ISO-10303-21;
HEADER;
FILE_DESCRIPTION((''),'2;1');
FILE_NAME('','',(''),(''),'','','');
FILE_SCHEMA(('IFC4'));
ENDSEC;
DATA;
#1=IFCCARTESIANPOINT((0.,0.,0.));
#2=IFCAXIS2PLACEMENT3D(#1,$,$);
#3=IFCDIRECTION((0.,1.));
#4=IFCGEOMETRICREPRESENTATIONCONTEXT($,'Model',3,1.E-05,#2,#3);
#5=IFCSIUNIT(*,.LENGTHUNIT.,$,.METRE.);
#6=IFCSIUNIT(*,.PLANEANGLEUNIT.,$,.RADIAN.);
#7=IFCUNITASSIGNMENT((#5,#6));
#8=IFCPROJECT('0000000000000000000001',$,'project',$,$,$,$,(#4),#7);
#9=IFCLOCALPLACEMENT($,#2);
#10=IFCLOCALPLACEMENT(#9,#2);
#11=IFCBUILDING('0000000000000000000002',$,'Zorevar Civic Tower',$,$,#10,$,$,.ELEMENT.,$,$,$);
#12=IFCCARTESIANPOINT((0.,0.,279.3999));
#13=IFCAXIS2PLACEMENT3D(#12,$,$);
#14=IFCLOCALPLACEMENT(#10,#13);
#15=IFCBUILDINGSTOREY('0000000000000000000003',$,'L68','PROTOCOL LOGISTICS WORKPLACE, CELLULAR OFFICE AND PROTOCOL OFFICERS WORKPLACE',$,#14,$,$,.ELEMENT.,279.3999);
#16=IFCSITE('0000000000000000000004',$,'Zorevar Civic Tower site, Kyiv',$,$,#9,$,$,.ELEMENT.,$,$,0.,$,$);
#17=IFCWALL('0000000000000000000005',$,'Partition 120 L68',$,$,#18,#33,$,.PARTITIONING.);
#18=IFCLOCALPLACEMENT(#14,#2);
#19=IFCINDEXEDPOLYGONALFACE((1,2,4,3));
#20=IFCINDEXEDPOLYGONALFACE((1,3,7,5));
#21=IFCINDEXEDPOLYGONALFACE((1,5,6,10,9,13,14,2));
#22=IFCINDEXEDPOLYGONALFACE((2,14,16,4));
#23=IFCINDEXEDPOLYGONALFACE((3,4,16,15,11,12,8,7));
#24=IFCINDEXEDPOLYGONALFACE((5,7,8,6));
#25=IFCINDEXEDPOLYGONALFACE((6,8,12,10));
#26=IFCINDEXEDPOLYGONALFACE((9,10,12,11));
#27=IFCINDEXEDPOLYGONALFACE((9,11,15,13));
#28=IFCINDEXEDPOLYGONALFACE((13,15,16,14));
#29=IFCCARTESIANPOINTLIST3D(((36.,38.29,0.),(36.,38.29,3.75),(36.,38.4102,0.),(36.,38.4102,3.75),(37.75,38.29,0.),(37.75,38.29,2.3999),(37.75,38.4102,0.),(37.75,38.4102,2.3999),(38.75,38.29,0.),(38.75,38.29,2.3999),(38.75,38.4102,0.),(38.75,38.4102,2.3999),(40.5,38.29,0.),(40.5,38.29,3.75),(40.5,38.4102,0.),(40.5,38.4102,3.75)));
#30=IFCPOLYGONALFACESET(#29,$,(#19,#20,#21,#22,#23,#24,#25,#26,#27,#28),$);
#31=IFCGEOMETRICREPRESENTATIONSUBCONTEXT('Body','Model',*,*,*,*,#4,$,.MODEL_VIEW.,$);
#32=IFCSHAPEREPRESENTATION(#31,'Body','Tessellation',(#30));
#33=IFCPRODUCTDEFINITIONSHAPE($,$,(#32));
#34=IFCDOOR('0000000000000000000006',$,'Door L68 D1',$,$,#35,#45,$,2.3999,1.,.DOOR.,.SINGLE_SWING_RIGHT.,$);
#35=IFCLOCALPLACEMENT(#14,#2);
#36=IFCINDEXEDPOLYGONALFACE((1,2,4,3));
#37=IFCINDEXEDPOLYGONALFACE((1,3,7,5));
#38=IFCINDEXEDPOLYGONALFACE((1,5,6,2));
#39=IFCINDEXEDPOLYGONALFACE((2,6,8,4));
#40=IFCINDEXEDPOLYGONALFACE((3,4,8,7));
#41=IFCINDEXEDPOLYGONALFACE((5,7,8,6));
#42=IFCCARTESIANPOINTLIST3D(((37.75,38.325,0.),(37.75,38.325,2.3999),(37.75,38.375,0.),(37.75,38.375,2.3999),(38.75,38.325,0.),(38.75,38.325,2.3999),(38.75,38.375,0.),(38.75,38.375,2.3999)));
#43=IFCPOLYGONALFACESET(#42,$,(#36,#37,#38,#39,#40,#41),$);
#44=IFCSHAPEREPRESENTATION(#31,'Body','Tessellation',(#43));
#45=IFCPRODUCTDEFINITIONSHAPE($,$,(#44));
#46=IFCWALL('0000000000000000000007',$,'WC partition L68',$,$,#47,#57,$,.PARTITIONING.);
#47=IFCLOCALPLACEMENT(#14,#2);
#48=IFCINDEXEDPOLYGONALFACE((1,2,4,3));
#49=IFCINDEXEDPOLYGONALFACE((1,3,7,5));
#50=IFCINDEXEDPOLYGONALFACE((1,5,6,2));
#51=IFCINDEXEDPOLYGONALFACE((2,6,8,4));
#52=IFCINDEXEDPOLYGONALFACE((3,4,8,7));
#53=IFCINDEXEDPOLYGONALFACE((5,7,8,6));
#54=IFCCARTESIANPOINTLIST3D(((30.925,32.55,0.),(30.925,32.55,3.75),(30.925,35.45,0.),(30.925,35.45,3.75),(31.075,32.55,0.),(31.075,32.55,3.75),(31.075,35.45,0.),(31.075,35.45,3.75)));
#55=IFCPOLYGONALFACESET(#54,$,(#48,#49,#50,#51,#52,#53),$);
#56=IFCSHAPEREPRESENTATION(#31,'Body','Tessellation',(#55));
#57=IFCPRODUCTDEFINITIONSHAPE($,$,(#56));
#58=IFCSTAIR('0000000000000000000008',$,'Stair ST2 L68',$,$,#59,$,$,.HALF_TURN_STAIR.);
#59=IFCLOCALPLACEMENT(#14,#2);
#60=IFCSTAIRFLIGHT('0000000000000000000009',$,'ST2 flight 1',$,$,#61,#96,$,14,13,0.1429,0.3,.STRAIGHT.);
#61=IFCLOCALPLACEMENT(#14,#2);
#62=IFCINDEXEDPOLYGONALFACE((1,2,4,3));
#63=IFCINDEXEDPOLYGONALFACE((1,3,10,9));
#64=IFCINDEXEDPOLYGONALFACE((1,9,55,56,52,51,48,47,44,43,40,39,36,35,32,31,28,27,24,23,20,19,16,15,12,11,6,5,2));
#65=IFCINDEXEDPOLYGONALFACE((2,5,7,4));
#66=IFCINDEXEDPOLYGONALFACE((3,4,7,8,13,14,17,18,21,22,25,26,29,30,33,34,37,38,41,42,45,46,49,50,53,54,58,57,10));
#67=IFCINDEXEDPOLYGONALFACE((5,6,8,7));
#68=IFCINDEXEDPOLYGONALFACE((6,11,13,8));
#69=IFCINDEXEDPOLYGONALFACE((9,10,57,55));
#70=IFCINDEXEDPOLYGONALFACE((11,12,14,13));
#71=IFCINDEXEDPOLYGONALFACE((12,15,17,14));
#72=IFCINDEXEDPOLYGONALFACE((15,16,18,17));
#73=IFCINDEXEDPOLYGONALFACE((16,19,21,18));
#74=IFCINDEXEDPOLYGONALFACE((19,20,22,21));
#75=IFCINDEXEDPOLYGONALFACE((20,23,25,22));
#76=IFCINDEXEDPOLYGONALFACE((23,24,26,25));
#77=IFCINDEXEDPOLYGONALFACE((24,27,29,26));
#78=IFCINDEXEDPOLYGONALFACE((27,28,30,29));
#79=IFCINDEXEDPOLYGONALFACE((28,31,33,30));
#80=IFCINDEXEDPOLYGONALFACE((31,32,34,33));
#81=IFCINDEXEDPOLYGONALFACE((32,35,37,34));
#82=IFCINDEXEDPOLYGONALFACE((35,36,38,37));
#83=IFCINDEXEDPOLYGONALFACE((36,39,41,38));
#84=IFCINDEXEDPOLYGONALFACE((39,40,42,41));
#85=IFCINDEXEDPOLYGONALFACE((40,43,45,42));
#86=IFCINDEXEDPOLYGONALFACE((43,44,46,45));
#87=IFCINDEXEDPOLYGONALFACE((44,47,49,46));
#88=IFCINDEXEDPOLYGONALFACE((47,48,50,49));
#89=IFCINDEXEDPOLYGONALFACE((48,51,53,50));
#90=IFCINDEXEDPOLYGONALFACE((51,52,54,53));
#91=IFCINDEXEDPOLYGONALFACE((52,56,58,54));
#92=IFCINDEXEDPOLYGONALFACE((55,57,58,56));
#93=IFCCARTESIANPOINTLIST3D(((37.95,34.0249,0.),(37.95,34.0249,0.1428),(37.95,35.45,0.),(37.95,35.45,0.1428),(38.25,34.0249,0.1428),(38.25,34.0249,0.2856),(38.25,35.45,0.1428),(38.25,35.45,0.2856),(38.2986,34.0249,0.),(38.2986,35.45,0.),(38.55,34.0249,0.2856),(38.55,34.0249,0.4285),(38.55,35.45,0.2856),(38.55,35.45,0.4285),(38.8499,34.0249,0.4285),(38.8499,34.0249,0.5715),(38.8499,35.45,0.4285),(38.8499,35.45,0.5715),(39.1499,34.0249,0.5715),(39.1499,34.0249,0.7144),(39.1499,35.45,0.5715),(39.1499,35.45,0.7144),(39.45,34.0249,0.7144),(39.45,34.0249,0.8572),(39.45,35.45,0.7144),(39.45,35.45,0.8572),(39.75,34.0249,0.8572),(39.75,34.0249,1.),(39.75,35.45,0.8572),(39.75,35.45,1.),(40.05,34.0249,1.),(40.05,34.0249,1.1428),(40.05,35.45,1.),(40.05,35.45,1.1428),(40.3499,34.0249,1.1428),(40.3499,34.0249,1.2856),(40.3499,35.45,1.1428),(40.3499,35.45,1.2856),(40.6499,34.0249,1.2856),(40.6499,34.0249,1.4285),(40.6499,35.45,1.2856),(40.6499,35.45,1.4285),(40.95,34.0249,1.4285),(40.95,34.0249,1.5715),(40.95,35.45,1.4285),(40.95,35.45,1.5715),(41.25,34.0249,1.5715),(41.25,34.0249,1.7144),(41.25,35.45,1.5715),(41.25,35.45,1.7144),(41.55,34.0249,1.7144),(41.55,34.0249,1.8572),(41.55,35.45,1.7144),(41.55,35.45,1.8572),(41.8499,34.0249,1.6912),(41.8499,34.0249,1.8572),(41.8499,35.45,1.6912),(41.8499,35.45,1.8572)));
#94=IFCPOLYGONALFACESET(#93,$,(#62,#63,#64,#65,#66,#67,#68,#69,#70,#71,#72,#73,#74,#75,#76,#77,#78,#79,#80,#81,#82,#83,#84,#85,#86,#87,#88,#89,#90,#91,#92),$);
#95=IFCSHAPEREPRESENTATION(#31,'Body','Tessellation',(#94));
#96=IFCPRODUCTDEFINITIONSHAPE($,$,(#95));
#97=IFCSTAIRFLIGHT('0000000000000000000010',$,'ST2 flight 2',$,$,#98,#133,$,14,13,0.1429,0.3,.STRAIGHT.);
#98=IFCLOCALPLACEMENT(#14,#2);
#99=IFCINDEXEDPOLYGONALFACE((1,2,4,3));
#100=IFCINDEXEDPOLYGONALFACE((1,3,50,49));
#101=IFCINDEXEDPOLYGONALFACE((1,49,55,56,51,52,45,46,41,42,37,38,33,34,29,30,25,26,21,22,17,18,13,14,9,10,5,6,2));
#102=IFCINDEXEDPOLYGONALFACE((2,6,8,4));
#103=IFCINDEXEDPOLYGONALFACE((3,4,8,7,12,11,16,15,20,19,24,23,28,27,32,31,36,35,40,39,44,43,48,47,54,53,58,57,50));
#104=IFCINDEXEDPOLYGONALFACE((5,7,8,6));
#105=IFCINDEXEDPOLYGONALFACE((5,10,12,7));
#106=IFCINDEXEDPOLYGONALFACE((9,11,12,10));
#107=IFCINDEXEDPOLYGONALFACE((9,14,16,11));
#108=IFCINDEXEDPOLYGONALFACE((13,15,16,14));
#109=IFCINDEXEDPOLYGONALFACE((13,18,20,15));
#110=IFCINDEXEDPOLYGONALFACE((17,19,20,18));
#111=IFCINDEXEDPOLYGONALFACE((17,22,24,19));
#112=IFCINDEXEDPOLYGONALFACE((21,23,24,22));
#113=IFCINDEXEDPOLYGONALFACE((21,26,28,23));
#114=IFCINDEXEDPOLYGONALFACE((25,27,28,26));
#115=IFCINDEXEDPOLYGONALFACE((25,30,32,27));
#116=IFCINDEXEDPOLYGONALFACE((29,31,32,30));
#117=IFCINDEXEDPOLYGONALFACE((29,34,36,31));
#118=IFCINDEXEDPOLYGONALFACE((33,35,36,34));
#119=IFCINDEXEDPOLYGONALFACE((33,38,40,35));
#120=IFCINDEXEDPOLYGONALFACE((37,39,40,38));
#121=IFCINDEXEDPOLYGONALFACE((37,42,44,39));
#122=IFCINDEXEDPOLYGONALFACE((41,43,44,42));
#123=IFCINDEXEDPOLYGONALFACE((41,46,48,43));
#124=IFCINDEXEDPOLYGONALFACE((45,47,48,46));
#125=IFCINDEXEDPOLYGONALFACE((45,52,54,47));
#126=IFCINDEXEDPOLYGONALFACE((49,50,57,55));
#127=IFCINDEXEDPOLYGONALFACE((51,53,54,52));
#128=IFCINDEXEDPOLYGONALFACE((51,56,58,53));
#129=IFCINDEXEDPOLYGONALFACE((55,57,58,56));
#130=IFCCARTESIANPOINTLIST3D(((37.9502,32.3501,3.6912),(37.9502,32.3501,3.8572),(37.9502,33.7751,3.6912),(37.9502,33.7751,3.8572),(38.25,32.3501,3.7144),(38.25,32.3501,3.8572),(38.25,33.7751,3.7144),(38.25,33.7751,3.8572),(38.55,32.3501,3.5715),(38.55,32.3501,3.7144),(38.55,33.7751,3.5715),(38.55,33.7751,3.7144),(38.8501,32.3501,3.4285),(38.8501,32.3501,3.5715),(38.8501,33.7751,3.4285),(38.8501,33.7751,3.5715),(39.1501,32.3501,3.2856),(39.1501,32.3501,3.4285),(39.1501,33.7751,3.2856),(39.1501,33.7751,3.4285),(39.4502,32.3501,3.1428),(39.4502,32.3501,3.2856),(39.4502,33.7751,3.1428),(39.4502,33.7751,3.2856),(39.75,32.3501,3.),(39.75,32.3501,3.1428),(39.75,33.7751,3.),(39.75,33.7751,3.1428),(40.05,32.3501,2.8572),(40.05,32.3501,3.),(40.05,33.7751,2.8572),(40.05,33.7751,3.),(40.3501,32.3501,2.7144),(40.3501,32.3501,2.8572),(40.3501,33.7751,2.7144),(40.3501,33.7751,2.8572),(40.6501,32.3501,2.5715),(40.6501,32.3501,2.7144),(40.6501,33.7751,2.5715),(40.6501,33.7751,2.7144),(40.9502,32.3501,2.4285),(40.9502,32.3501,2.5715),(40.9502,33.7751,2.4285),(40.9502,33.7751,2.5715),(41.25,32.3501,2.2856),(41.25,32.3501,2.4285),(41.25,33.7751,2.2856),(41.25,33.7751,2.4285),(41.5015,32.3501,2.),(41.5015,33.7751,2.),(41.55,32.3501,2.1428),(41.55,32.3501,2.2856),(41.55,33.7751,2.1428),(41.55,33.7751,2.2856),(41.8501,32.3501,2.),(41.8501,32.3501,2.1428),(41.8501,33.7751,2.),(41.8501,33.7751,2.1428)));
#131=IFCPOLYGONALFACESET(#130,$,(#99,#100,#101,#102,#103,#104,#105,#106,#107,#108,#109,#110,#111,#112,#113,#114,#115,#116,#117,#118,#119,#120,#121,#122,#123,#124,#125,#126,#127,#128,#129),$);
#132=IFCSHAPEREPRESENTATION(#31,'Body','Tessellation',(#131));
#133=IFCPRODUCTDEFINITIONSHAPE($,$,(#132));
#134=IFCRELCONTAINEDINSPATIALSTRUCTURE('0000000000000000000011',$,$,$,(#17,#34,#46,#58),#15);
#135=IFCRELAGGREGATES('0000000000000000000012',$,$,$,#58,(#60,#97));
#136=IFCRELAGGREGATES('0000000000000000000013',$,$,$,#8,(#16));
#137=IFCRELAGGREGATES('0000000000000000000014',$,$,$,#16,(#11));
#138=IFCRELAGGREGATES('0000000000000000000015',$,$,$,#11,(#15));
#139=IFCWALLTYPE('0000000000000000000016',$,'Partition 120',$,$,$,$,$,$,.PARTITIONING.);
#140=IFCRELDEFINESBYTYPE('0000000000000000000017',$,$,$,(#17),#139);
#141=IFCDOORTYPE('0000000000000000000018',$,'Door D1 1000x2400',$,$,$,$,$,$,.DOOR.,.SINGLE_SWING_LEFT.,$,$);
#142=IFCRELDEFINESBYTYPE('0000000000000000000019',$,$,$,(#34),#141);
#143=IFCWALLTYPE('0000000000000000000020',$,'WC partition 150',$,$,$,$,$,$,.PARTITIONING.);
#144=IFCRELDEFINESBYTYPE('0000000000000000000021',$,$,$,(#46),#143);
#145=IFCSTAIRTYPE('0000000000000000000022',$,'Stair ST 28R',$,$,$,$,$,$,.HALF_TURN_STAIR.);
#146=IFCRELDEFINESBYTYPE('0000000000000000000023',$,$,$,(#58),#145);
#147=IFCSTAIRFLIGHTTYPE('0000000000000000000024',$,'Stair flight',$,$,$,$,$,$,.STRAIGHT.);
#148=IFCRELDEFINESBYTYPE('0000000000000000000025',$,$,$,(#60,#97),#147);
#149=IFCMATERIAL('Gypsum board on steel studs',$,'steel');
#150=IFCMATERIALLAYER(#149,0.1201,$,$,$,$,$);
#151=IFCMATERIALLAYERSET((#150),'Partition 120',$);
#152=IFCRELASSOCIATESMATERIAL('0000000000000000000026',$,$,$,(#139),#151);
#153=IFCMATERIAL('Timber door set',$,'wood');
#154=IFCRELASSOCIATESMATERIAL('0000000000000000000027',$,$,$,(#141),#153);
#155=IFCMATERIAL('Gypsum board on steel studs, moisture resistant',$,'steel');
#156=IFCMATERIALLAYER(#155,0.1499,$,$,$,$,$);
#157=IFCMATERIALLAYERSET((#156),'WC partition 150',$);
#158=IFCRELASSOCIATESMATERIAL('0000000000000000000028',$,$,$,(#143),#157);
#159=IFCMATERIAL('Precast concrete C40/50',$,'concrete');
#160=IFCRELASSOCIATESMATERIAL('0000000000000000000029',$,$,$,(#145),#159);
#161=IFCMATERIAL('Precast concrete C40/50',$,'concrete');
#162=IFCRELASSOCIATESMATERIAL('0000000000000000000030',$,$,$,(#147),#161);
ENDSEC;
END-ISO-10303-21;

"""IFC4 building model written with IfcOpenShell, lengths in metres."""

from ifc_helpers import new_model, si_unit, direction, frame, frame_2d, origin, place, context, subcontext, project, spatial, polyline, rectangle, outline, extrude, material, layer, layer_set, type_object, element, fill, aggregate, save


model = new_model("IFC4")

# Units and contexts
model_context = context("Model", 3, precision=1e-05, world=origin(), true_north=direction((0.0, 1.0)))
body_context = subcontext(model_context, "Body", "Model", "MODEL_VIEW")
ifc_project = project(units=[si_unit("LENGTHUNIT", "METRE"), si_unit("PLANEANGLEUNIT", "RADIAN")], contexts=[model_context])

# Site, building, storey
site_placement = place(None, origin())
site = spatial("IfcSite", under=ifc_project, at=site_placement, Name="Zorevar Civic Tower site, Kyiv", CompositionType="ELEMENT", RefElevation=0.0)
building_placement = place(site_placement, origin())
building = spatial("IfcBuilding", under=site, at=building_placement, Name="Zorevar Civic Tower", CompositionType="ELEMENT")
storey_placement = place(building_placement, frame((0.0, 0.0, 279.3999)))
storey = spatial("IfcBuildingStorey", under=building, at=storey_placement, Name="L68", Description="PROTOCOL LOGISTICS WORKPLACE, CELLULAR OFFICE AND PROTOCOL OFFICERS WORKPLACE", CompositionType="ELEMENT", Elevation=279.3999)

# Wall, opening, door
ifc_material_1 = material(Name="Gypsum board on steel studs", Category="steel")
ifc_layer_1 = layer(ifc_material_1, 0.1201)
ifc_layer_set_1 = layer_set([ifc_layer_1], Name="Partition 120")
wall_type_1 = type_object("IfcWallType", Name="Partition 120", PredefinedType="PARTITIONING", material=ifc_layer_set_1)
ifc_material_2 = material(Name="Timber door set", Category="wood")
door_type_1 = type_object("IfcDoorType", Name="Door D1 1000x2400", OperationType="SINGLE_SWING_LEFT", PredefinedType="DOOR", material=ifc_material_2)
wall_1_placement = place(storey_placement, frame((36.0, 38.3501, 0.0), z_axis=(0.0, 0.0, 1.0), x_axis=(1.0, 0.0, 0.0)))
wall_1 = element("IfcWall", 1, at=wall_1_placement, inside=storey, type_object=wall_type_1, Name="Partition 120 L68", PredefinedType="PARTITIONING", context=body_context, shape_type="SweptSolid", body=[
    extrude(rectangle(XDim=4.5, YDim=0.1201, at=frame_2d((2.25, 0.0))), origin(), (0.0, 0.0, 1.0), 3.75),
])
opening_1_placement = place(wall_1_placement, frame((1.75, 0.0, 0.0)))
opening_1 = element("IfcOpeningElement", 2, at=opening_1_placement, cuts=wall_1, PredefinedType="OPENING", context=body_context, shape_type="SweptSolid", body=[
    extrude(rectangle(XDim=1.0, YDim=2.3999, at=frame_2d((0.5, 1.2))), frame((0.0, 0.0701, 0.0), z_axis=(0.0, -1.0, 0.0), x_axis=(1.0, 0.0, 0.0)), (0.0, 0.0, 1.0), 0.1401),
])
door_1_placement = place(opening_1_placement, origin())
door_1 = element("IfcDoor", 3, at=door_1_placement, inside=storey, type_object=door_type_1, Name="Door L68 D1", OperationType="SINGLE_SWING_RIGHT", OverallHeight=2.3999, OverallWidth=1.0, PredefinedType="DOOR", context=body_context, shape_type="SweptSolid", body=[
    extrude(rectangle(XDim=1.0, YDim=2.3999, at=frame_2d((0.5, 1.2))), frame((0.0, 0.0249, 0.0), z_axis=(0.0, -1.0, 0.0), x_axis=(1.0, 0.0, 0.0)), (0.0, 0.0, 1.0), 0.05),
])
fill(opening_1, door_1)

# Wall
ifc_material_3 = material(Name="Gypsum board on steel studs, moisture resistant", Category="steel")
ifc_layer_2 = layer(ifc_material_3, 0.1499)
ifc_layer_set_2 = layer_set([ifc_layer_2], Name="WC partition 150")
wall_type_2 = type_object("IfcWallType", Name="WC partition 150", PredefinedType="PARTITIONING", material=ifc_layer_set_2)
wall_2_placement = place(storey_placement, frame((31.0, 32.55, 0.0), z_axis=(0.0, 0.0, 1.0), x_axis=(0.0, 1.0, 0.0)))
element("IfcWall", 4, at=wall_2_placement, inside=storey, type_object=wall_type_2, Name="WC partition L68", PredefinedType="PARTITIONING", context=body_context, shape_type="SweptSolid", body=[
    extrude(rectangle(XDim=2.8999, YDim=0.1499, at=frame_2d((1.45, 0.0))), origin(), (0.0, 0.0, 1.0), 3.75),
])

# Stair, stair flights
ifc_material_4 = material(Name="Precast concrete C40/50", Category="concrete")
stair_type = type_object("IfcStairType", Name="Stair ST 28R", PredefinedType="HALF_TURN_STAIR", material=ifc_material_4)
stair_placement = place(storey_placement, origin())
stair = element("IfcStair", 5, at=stair_placement, inside=storey, type_object=stair_type, Name="Stair ST2 L68", PredefinedType="HALF_TURN_STAIR")
ifc_material_5 = material(Name="Precast concrete C40/50", Category="concrete")
stair_flight_type = type_object("IfcStairFlightType", Name="Stair flight", PredefinedType="STRAIGHT", material=ifc_material_5)
stair_flight_1_placement = place(storey_placement, frame((37.95, 34.7375, 0.0), z_axis=(0.0, 0.0, 1.0), x_axis=(1.0, 0.0, 0.0)))
stair_flight_1 = element("IfcStairFlight", 6, at=stair_flight_1_placement, type_object=stair_flight_type, Name="ST2 flight 1", NumberOfRisers=14, NumberOfTreads=13, PredefinedType="STRAIGHT", RiserHeight=0.1429, TreadLength=0.3, context=body_context, shape_type="SweptSolid", body=[
    extrude(outline(polyline([(0.0, 0.0), (0.0, 0.1428), (0.3, 0.1428), (0.3, 0.2856), (0.6001, 0.2856), (0.6001, 0.4285), (0.8999, 0.4285), (0.8999, 0.5715), (1.2, 0.5715), (1.2, 0.7144), (1.5, 0.7144), (1.5, 0.8572), (1.8, 0.8572), (1.8, 1.0), (2.1001, 1.0), (2.1001, 1.1428), (2.3999, 1.1428), (2.3999, 1.2856), (2.7, 1.2856), (2.7, 1.4285), (3.0, 1.4285), (3.0, 1.5715), (3.3, 1.5715), (3.3, 1.7144), (3.6001, 1.7144), (3.6001, 1.8572), (3.8999, 1.8572), (3.8999, 2.0), (3.8999, 1.6912), (0.3486, 0.0), (0.0, 0.0)])), frame((0.0, 0.7124, 0.0), z_axis=(0.0, -1.0, 0.0), x_axis=(1.0, 0.0, 0.0)), (0.0, 0.0, 1.0), 1.425),
])
stair_flight_2_placement = place(storey_placement, frame((41.8501, 33.0625, 2.0), z_axis=(0.0, 0.0, 1.0), x_axis=(-1.0, 0.0, 0.0)))
stair_flight_2 = element("IfcStairFlight", 7, at=stair_flight_2_placement, type_object=stair_flight_type, Name="ST2 flight 2", NumberOfRisers=14, NumberOfTreads=13, PredefinedType="STRAIGHT", RiserHeight=0.1429, TreadLength=0.3, context=body_context, shape_type="SweptSolid", body=[
    extrude(outline(polyline([(0.0, 0.0), (0.0, 0.1428), (0.3, 0.1428), (0.3, 0.2856), (0.6001, 0.2856), (0.6001, 0.4285), (0.8999, 0.4285), (0.8999, 0.5715), (1.2, 0.5715), (1.2, 0.7144), (1.5, 0.7144), (1.5, 0.8572), (1.8, 0.8572), (1.8, 1.0), (2.1001, 1.0), (2.1001, 1.1428), (2.3999, 1.1428), (2.3999, 1.2856), (2.7, 1.2856), (2.7, 1.4285), (3.0, 1.4285), (3.0, 1.5715), (3.3, 1.5715), (3.3, 1.7144), (3.6001, 1.7144), (3.6001, 1.8572), (3.8999, 1.8572), (3.8999, 2.0), (3.8999, 1.6912), (0.3486, 0.0), (0.0, 0.0)])), frame((0.0, 0.7124, 0.0), z_axis=(0.0, -1.0, 0.0), x_axis=(1.0, 0.0, 0.0)), (0.0, 0.0, 1.0), 1.425),
])
aggregate(stair, [stair_flight_1, stair_flight_2])

save(model, "model.ifc")
